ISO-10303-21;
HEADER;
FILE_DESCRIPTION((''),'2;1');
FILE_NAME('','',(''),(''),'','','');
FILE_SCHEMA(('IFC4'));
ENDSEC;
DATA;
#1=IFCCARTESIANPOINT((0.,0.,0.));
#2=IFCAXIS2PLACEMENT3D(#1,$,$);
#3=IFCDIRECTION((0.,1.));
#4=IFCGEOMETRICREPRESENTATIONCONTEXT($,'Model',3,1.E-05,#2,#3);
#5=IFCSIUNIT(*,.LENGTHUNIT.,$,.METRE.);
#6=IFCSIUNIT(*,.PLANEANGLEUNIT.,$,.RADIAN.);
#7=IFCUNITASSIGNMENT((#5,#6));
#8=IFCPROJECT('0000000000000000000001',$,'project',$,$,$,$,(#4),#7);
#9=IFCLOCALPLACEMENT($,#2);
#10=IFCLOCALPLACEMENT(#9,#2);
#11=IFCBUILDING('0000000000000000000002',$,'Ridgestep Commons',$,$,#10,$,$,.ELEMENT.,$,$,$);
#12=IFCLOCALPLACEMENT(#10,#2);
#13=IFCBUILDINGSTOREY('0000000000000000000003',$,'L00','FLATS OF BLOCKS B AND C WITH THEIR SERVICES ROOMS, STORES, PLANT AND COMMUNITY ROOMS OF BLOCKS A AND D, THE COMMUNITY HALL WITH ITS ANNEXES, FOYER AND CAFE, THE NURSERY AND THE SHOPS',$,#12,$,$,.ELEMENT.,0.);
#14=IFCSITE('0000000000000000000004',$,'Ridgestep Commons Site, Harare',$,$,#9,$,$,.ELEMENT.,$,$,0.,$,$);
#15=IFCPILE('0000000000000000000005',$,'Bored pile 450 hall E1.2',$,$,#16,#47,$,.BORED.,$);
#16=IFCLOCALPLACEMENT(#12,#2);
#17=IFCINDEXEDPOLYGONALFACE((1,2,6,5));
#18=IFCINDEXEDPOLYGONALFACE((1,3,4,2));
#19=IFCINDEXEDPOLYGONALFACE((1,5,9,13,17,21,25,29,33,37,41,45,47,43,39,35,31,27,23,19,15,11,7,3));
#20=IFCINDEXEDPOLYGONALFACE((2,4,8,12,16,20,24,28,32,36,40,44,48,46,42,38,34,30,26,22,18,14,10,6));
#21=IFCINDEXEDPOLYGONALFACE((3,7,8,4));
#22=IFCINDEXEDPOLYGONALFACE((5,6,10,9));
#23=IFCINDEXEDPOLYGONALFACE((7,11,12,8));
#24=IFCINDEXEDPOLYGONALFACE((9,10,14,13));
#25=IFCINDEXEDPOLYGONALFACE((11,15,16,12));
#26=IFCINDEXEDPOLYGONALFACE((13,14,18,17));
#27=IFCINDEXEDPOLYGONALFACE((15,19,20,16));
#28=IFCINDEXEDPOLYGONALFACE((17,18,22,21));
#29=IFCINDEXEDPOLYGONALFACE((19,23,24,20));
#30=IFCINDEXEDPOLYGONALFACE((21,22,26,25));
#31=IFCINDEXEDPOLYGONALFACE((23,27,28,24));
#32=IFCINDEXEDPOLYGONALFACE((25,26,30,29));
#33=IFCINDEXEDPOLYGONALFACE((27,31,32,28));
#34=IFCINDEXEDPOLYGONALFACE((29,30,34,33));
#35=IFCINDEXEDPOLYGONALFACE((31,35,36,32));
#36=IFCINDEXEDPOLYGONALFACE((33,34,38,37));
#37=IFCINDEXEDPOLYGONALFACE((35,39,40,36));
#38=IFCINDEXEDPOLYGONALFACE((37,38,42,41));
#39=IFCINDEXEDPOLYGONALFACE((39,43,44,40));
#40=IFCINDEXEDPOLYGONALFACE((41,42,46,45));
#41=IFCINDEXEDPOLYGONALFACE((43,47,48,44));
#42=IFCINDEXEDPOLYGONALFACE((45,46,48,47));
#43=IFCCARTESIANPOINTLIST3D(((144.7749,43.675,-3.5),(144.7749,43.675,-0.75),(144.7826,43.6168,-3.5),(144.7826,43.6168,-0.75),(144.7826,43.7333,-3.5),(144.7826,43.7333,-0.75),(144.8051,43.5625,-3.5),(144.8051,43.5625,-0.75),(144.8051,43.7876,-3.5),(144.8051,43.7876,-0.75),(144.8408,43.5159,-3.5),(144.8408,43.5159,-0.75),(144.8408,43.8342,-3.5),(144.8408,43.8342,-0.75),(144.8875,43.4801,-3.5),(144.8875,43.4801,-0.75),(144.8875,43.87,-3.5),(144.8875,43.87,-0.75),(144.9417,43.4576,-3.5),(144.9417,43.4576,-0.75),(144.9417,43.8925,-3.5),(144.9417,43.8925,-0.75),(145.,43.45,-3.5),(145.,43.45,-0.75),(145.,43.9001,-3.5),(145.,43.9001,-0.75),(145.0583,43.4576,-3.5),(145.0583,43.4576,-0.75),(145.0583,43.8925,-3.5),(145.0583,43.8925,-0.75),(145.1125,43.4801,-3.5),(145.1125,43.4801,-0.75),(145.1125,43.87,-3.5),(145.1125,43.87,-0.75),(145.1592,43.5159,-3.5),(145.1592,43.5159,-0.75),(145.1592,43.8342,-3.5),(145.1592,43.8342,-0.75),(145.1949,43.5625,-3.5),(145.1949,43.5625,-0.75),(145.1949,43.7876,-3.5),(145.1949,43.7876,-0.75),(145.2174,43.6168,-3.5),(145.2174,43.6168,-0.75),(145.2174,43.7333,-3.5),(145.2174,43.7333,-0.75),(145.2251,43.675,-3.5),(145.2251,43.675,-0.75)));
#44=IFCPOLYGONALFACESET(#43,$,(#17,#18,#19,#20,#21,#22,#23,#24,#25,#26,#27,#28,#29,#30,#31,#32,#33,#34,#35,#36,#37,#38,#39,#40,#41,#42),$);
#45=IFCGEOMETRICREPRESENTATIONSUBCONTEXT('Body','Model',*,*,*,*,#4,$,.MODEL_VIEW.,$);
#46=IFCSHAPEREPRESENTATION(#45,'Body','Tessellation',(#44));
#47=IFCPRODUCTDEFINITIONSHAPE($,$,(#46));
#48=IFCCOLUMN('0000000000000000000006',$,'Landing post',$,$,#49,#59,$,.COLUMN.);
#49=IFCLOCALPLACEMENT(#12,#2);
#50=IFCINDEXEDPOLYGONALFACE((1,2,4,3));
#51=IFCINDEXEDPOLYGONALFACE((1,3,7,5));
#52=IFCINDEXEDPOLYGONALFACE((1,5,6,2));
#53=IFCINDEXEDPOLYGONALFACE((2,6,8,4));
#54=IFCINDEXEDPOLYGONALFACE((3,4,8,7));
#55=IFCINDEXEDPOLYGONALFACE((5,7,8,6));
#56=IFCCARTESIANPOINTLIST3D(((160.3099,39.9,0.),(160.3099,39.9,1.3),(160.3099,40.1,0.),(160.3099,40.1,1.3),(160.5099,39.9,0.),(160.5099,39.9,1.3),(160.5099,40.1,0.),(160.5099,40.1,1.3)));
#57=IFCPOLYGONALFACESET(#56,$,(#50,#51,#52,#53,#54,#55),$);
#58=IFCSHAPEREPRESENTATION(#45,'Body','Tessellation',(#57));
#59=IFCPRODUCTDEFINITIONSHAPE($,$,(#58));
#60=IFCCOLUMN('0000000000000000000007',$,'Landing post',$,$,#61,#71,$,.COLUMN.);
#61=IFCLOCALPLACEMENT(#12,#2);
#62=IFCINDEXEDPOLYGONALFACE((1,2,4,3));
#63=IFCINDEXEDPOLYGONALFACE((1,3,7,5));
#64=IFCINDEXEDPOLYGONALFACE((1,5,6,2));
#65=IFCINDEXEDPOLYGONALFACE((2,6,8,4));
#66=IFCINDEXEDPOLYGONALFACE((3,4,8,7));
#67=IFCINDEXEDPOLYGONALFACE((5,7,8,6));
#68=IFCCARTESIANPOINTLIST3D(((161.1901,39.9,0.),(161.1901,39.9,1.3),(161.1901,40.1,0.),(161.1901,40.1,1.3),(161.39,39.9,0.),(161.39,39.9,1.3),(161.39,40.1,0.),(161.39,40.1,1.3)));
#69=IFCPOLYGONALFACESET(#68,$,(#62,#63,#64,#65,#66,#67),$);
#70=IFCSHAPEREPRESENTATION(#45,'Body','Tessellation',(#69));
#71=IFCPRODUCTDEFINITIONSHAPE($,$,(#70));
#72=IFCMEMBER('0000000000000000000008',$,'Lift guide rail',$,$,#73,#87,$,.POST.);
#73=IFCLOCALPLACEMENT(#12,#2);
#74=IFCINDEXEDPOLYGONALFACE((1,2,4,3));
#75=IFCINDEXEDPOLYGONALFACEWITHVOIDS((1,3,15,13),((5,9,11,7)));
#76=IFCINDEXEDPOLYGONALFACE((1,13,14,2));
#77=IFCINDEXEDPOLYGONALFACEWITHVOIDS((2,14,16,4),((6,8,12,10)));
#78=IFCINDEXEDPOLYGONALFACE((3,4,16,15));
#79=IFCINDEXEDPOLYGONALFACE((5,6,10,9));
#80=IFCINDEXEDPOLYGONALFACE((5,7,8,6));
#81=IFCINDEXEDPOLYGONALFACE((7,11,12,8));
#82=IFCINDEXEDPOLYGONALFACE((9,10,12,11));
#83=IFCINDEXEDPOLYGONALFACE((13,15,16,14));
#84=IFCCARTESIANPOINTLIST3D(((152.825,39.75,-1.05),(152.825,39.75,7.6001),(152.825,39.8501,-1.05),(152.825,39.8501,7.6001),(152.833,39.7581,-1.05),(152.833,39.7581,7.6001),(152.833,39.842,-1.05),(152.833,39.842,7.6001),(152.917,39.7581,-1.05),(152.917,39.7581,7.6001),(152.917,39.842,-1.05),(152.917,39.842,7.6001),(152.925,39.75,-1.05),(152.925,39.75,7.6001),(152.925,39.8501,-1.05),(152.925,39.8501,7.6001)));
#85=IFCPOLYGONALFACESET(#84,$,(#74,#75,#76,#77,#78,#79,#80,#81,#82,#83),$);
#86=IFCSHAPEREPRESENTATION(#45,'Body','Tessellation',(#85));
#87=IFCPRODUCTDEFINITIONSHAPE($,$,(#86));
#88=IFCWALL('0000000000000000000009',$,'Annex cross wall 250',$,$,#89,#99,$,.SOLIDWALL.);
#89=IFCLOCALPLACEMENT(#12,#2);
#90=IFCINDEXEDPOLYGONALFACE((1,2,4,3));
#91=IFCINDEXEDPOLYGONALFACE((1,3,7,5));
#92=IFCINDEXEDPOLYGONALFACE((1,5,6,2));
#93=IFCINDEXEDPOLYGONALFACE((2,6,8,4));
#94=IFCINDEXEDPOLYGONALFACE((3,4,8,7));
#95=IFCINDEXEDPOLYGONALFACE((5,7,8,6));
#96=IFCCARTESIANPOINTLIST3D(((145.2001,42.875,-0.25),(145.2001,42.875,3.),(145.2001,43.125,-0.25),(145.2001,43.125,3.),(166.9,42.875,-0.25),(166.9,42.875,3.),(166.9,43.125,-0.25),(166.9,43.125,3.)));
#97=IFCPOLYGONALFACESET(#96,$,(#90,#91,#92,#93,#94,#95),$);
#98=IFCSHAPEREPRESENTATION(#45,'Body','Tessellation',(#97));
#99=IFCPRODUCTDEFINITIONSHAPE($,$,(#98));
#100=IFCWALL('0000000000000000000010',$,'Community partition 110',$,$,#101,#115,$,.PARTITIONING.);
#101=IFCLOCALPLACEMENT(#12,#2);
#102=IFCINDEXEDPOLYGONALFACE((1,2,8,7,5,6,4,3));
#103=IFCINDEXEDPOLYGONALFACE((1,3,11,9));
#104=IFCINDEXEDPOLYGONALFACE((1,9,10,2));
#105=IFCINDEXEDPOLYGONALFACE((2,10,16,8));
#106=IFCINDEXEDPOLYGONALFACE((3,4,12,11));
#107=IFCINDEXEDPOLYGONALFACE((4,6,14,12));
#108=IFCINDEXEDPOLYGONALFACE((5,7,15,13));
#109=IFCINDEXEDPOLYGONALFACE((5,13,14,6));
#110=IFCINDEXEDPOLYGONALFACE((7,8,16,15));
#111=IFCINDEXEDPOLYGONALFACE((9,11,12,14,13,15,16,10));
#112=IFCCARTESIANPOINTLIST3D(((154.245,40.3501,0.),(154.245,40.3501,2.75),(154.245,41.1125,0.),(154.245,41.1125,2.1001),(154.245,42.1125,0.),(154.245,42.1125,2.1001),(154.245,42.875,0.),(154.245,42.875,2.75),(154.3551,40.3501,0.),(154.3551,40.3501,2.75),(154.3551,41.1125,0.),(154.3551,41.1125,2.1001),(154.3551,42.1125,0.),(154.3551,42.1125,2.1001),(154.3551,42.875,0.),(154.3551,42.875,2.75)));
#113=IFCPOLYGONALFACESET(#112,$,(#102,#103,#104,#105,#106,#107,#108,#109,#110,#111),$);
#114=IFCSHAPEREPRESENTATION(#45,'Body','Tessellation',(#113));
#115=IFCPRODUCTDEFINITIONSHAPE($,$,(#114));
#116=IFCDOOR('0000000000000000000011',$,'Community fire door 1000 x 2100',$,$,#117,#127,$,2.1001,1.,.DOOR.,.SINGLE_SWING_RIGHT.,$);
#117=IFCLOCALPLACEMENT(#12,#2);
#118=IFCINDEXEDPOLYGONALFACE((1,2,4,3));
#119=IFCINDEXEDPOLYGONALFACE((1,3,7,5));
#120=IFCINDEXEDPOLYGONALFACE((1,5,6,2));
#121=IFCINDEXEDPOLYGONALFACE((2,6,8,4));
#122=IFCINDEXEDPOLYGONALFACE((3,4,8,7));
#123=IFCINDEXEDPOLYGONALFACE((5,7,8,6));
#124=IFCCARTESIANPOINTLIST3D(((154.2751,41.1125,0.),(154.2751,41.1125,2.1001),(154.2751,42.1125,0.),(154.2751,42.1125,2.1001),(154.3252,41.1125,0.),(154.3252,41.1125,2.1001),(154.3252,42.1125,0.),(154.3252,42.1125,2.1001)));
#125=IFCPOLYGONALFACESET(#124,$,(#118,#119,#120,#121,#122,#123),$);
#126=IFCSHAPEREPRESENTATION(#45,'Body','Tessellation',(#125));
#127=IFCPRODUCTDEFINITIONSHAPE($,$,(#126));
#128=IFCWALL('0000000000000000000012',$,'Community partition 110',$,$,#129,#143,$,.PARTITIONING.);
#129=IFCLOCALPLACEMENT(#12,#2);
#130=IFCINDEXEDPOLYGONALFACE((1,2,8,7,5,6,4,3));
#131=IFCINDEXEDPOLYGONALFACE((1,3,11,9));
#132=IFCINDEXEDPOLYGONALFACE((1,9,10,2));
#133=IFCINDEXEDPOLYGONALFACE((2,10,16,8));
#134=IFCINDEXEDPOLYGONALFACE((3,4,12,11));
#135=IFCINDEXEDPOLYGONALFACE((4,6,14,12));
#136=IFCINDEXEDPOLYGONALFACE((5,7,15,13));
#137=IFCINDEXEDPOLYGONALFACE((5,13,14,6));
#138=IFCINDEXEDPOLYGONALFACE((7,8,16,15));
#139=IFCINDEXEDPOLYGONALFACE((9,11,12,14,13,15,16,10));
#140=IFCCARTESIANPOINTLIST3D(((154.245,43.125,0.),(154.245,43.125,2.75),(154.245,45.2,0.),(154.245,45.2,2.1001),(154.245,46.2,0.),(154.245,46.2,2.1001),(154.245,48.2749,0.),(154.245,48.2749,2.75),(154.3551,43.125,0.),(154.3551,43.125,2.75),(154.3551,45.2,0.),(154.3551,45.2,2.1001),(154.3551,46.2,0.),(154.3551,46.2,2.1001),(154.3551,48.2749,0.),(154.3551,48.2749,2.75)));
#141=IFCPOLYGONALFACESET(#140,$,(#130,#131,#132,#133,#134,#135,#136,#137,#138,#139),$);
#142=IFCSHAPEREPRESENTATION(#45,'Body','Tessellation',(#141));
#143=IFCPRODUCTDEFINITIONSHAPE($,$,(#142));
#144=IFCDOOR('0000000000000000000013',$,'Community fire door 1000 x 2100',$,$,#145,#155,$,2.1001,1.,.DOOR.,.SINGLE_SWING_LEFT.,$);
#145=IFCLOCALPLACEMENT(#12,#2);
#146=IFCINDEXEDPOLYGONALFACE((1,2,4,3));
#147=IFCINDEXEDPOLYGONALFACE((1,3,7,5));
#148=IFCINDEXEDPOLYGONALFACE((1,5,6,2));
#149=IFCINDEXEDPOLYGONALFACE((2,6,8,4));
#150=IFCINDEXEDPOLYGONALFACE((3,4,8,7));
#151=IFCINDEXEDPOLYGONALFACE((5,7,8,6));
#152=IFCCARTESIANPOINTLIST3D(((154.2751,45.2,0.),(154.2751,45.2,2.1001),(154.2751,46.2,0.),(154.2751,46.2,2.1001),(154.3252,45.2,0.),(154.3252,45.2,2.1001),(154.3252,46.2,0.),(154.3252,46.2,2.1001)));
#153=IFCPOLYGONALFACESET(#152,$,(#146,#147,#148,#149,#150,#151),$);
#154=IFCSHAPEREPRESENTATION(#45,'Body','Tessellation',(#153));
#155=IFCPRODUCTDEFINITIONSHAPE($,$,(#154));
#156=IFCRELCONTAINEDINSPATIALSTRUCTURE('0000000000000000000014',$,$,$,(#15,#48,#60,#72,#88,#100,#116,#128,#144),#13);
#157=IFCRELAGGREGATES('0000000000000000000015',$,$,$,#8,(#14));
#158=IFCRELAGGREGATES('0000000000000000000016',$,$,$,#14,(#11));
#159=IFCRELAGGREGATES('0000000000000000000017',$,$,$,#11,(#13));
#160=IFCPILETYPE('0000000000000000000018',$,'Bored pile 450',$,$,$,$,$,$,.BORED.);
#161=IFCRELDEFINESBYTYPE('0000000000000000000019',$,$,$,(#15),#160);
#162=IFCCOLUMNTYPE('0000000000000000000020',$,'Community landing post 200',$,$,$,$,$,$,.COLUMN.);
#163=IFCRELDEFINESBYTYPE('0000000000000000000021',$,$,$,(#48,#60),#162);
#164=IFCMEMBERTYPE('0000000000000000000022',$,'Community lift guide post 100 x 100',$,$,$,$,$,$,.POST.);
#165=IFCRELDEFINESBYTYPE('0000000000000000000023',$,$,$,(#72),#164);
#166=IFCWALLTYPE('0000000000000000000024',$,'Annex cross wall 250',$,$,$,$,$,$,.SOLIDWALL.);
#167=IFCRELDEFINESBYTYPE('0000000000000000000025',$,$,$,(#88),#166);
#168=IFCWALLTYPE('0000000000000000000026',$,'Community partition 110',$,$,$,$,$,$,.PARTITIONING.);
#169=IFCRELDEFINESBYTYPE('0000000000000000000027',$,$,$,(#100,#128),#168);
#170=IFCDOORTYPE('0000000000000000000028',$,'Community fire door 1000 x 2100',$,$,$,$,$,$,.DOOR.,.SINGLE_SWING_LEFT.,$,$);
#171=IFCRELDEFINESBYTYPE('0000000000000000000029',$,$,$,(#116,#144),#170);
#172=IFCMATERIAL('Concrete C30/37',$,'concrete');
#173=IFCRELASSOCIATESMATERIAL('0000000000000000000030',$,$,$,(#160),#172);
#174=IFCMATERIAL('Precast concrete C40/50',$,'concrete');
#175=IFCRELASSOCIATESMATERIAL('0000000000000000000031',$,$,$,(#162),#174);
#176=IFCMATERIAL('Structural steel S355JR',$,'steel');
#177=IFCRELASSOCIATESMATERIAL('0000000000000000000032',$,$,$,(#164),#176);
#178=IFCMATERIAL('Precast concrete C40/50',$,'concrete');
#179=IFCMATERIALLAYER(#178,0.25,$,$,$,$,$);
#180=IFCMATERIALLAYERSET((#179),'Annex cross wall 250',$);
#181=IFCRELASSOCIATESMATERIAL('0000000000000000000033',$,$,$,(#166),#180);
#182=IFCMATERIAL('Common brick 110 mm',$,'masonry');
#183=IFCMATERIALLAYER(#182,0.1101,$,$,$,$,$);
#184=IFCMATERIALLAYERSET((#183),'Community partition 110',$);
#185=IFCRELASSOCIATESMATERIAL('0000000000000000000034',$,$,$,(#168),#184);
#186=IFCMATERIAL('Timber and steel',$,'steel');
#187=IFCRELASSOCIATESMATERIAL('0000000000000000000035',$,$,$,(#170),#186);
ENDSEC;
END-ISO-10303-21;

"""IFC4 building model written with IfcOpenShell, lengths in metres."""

from ifc_helpers import new_model, si_unit, direction, frame, frame_2d, origin, origin_2d, place, context, subcontext, project, spatial, rectangle, hollow_rectangle, circle, extrude, material, layer, layer_set, material_profile, profile_set, type_object, element, fill, save


model = new_model("IFC4")

# Units and contexts
model_context = context("Model", 3, precision=1e-05, world=origin(), true_north=direction((0.0, 1.0)))
body_context = subcontext(model_context, "Body", "Model", "MODEL_VIEW")
ifc_project = project(units=[si_unit("LENGTHUNIT", "METRE"), si_unit("PLANEANGLEUNIT", "RADIAN")], contexts=[model_context])

# Site, building, storey
site_placement = place(None, origin())
site = spatial("IfcSite", under=ifc_project, at=site_placement, Name="Ridgestep Commons Site, Harare", CompositionType="ELEMENT", RefElevation=0.0)
building_placement = place(site_placement, origin())
building = spatial("IfcBuilding", under=site, at=building_placement, Name="Ridgestep Commons", CompositionType="ELEMENT")
storey_placement = place(building_placement, origin())
storey = spatial("IfcBuildingStorey", under=building, at=storey_placement, Name="L00", Description="FLATS OF BLOCKS B AND C WITH THEIR SERVICES ROOMS, STORES, PLANT AND COMMUNITY ROOMS OF BLOCKS A AND D, THE COMMUNITY HALL WITH ITS ANNEXES, FOYER AND CAFE, THE NURSERY AND THE SHOPS", CompositionType="ELEMENT", Elevation=0.0)

# Pile
ifc_material_1 = material(Name="Concrete C30/37", Category="concrete")
ifc_material_profile_1 = material_profile(ifc_material_1, circle(Radius=0.2251, at=origin_2d()), Name="Pile D450")
ifc_profile_set_1 = profile_set([ifc_material_profile_1], Name="Concrete C30/37")
pile_type = type_object("IfcPileType", Name="Bored pile 450", PredefinedType="BORED", material=ifc_profile_set_1)
pile_placement = place(storey_placement, frame((145.0, 43.675, -0.75), z_axis=(0.0, 0.0, -1.0), x_axis=(1.0, 0.0, 0.0)))
element("IfcPile", 1, at=pile_placement, inside=storey, type_object=pile_type, Name="Bored pile 450 hall E1.2", PredefinedType="BORED", context=body_context, shape_type="SweptSolid", body=[
    extrude(circle(Radius=0.2251, at=origin_2d()), origin(), (0.0, 0.0, 1.0), 2.75),
])

# Columns
ifc_material_2 = material(Name="Precast concrete C40/50", Category="concrete")
ifc_material_profile_2 = material_profile(ifc_material_2, rectangle(XDim=0.2, YDim=0.2, at=origin_2d()), Name="Community landing post 200")
ifc_profile_set_2 = profile_set([ifc_material_profile_2], Name="Precast concrete C40/50")
column_type = type_object("IfcColumnType", Name="Community landing post 200", PredefinedType="COLUMN", material=ifc_profile_set_2)
for number, where, z_axis, x_axis, name in (
    (2, (160.4099, 40.0, 0.0), (0.0, 0.0, 1.0), (1.0, 0.0, 0.0), "Landing post"),
    (3, (161.29, 40.0, 0.0), (0.0, 0.0, 1.0), (1.0, 0.0, 0.0), "Landing post"),
):
    element("IfcColumn", number, at=place(storey_placement, frame(where, z_axis=z_axis, x_axis=x_axis)), inside=storey, type_object=column_type, Name=name, PredefinedType="COLUMN", context=body_context, shape_type="SweptSolid", body=[
        extrude(rectangle(XDim=0.2, YDim=0.2, at=origin_2d()), origin(), (0.0, 0.0, 1.0), 1.3),
    ])

# Member
ifc_material_3 = material(Name="Structural steel S355JR", Category="steel")
ifc_material_profile_3 = material_profile(ifc_material_3, hollow_rectangle(XDim=0.1001, YDim=0.1001, WallThickness=0.0081, at=origin_2d()), Name="RHS 100x100x8")
ifc_profile_set_3 = profile_set([ifc_material_profile_3], Name="Structural steel S355JR")
member_type = type_object("IfcMemberType", Name="Community lift guide post 100 x 100", PredefinedType="POST", material=ifc_profile_set_3)
member_placement = place(storey_placement, frame((152.875, 39.8, -1.05), z_axis=(0.0, 0.0, 1.0), x_axis=(1.0, 0.0, 0.0)))
element("IfcMember", 4, at=member_placement, inside=storey, type_object=member_type, Name="Lift guide rail", PredefinedType="POST", context=body_context, shape_type="SweptSolid", body=[
    extrude(hollow_rectangle(XDim=0.1001, YDim=0.1001, WallThickness=0.0081, at=origin_2d()), origin(), (0.0, 0.0, 1.0), 8.6501),
])

# Wall
ifc_material_4 = material(Name="Precast concrete C40/50", Category="concrete")
ifc_layer_1 = layer(ifc_material_4, 0.25)
ifc_layer_set_1 = layer_set([ifc_layer_1], Name="Annex cross wall 250")
wall_type_1 = type_object("IfcWallType", Name="Annex cross wall 250", PredefinedType="SOLIDWALL", material=ifc_layer_set_1)
wall_1_placement = place(storey_placement, frame((145.2, 43.0, -0.25), z_axis=(0.0, 0.0, 1.0), x_axis=(1.0, 0.0, 0.0)))
element("IfcWall", 5, at=wall_1_placement, inside=storey, type_object=wall_type_1, Name="Annex cross wall 250", PredefinedType="SOLIDWALL", context=body_context, shape_type="SweptSolid", body=[
    extrude(rectangle(XDim=21.7, YDim=0.25, at=frame_2d((10.8501, 0.0))), origin(), (0.0, 0.0, 1.0), 3.25),
])

# Walls, openings, doors
ifc_material_5 = material(Name="Common brick 110 mm", Category="masonry")
ifc_layer_2 = layer(ifc_material_5, 0.1101)
ifc_layer_set_2 = layer_set([ifc_layer_2], Name="Community partition 110")
wall_type_2 = type_object("IfcWallType", Name="Community partition 110", PredefinedType="PARTITIONING", material=ifc_layer_set_2)
wall_2_placement = place(storey_placement, frame((154.3, 40.3501, 0.0), z_axis=(0.0, 0.0, 1.0), x_axis=(0.0, 1.0, 0.0)))
wall_2 = element("IfcWall", 6, at=wall_2_placement, inside=storey, type_object=wall_type_2, Name="Community partition 110", PredefinedType="PARTITIONING", context=body_context, shape_type="SweptSolid", body=[
    extrude(rectangle(XDim=2.5249, YDim=0.1101, at=frame_2d((1.2625, 0.0))), origin(), (0.0, 0.0, 1.0), 2.75),
])
opening_1_placement = place(wall_2_placement, frame((0.7625, 0.0, 0.0)))
opening_1 = element("IfcOpeningElement", 7, at=opening_1_placement, cuts=wall_2, PredefinedType="OPENING", context=body_context, shape_type="SweptSolid", body=[
    extrude(rectangle(XDim=1.0, YDim=2.1001, at=frame_2d((0.5, 1.05))), frame((0.0, 0.0649, 0.0), z_axis=(0.0, -1.0, 0.0), x_axis=(1.0, 0.0, 0.0)), (0.0, 0.0, 1.0), 0.1301),
])
ifc_material_6 = material(Name="Timber and steel", Category="steel")
door_type = type_object("IfcDoorType", Name="Community fire door 1000 x 2100", OperationType="SINGLE_SWING_LEFT", PredefinedType="DOOR", material=ifc_material_6)
door_1_placement = place(opening_1_placement, origin())
door_1 = element("IfcDoor", 8, at=door_1_placement, inside=storey, type_object=door_type, Name="Community fire door 1000 x 2100", OperationType="SINGLE_SWING_RIGHT", OverallHeight=2.1001, OverallWidth=1.0, PredefinedType="DOOR", context=body_context, shape_type="SweptSolid", body=[
    extrude(rectangle(XDim=1.0, YDim=2.1001, at=frame_2d((0.5, 1.05))), frame((0.0, 0.0249, 0.0), z_axis=(0.0, -1.0, 0.0), x_axis=(1.0, 0.0, 0.0)), (0.0, 0.0, 1.0), 0.05),
])
fill(opening_1, door_1)
wall_3_placement = place(storey_placement, frame((154.3, 43.125, 0.0), z_axis=(0.0, 0.0, 1.0), x_axis=(0.0, 1.0, 0.0)))
wall_3 = element("IfcWall", 9, at=wall_3_placement, inside=storey, type_object=wall_type_2, Name="Community partition 110", PredefinedType="PARTITIONING", context=body_context, shape_type="SweptSolid", body=[
    extrude(rectangle(XDim=5.1499, YDim=0.1101, at=frame_2d((2.575, 0.0))), origin(), (0.0, 0.0, 1.0), 2.75),
])
opening_2_placement = place(wall_3_placement, frame((2.075, 0.0, 0.0)))
opening_2 = element("IfcOpeningElement", 10, at=opening_2_placement, cuts=wall_3, PredefinedType="OPENING", context=body_context, shape_type="SweptSolid", body=[
    extrude(rectangle(XDim=1.0, YDim=2.1001, at=frame_2d((0.5, 1.05))), frame((0.0, 0.0649, 0.0), z_axis=(0.0, -1.0, 0.0), x_axis=(1.0, 0.0, 0.0)), (0.0, 0.0, 1.0), 0.1301),
])
door_2_placement = place(opening_2_placement, origin())
door_2 = element("IfcDoor", 11, at=door_2_placement, inside=storey, type_object=door_type, Name="Community fire door 1000 x 2100", OperationType="SINGLE_SWING_LEFT", OverallHeight=2.1001, OverallWidth=1.0, PredefinedType="DOOR", context=body_context, shape_type="SweptSolid", body=[
    extrude(rectangle(XDim=1.0, YDim=2.1001, at=frame_2d((0.5, 1.05))), frame((0.0, 0.0249, 0.0), z_axis=(0.0, -1.0, 0.0), x_axis=(1.0, 0.0, 0.0)), (0.0, 0.0, 1.0), 0.05),
])
fill(opening_2, door_2)

save(model, "model.ifc")
